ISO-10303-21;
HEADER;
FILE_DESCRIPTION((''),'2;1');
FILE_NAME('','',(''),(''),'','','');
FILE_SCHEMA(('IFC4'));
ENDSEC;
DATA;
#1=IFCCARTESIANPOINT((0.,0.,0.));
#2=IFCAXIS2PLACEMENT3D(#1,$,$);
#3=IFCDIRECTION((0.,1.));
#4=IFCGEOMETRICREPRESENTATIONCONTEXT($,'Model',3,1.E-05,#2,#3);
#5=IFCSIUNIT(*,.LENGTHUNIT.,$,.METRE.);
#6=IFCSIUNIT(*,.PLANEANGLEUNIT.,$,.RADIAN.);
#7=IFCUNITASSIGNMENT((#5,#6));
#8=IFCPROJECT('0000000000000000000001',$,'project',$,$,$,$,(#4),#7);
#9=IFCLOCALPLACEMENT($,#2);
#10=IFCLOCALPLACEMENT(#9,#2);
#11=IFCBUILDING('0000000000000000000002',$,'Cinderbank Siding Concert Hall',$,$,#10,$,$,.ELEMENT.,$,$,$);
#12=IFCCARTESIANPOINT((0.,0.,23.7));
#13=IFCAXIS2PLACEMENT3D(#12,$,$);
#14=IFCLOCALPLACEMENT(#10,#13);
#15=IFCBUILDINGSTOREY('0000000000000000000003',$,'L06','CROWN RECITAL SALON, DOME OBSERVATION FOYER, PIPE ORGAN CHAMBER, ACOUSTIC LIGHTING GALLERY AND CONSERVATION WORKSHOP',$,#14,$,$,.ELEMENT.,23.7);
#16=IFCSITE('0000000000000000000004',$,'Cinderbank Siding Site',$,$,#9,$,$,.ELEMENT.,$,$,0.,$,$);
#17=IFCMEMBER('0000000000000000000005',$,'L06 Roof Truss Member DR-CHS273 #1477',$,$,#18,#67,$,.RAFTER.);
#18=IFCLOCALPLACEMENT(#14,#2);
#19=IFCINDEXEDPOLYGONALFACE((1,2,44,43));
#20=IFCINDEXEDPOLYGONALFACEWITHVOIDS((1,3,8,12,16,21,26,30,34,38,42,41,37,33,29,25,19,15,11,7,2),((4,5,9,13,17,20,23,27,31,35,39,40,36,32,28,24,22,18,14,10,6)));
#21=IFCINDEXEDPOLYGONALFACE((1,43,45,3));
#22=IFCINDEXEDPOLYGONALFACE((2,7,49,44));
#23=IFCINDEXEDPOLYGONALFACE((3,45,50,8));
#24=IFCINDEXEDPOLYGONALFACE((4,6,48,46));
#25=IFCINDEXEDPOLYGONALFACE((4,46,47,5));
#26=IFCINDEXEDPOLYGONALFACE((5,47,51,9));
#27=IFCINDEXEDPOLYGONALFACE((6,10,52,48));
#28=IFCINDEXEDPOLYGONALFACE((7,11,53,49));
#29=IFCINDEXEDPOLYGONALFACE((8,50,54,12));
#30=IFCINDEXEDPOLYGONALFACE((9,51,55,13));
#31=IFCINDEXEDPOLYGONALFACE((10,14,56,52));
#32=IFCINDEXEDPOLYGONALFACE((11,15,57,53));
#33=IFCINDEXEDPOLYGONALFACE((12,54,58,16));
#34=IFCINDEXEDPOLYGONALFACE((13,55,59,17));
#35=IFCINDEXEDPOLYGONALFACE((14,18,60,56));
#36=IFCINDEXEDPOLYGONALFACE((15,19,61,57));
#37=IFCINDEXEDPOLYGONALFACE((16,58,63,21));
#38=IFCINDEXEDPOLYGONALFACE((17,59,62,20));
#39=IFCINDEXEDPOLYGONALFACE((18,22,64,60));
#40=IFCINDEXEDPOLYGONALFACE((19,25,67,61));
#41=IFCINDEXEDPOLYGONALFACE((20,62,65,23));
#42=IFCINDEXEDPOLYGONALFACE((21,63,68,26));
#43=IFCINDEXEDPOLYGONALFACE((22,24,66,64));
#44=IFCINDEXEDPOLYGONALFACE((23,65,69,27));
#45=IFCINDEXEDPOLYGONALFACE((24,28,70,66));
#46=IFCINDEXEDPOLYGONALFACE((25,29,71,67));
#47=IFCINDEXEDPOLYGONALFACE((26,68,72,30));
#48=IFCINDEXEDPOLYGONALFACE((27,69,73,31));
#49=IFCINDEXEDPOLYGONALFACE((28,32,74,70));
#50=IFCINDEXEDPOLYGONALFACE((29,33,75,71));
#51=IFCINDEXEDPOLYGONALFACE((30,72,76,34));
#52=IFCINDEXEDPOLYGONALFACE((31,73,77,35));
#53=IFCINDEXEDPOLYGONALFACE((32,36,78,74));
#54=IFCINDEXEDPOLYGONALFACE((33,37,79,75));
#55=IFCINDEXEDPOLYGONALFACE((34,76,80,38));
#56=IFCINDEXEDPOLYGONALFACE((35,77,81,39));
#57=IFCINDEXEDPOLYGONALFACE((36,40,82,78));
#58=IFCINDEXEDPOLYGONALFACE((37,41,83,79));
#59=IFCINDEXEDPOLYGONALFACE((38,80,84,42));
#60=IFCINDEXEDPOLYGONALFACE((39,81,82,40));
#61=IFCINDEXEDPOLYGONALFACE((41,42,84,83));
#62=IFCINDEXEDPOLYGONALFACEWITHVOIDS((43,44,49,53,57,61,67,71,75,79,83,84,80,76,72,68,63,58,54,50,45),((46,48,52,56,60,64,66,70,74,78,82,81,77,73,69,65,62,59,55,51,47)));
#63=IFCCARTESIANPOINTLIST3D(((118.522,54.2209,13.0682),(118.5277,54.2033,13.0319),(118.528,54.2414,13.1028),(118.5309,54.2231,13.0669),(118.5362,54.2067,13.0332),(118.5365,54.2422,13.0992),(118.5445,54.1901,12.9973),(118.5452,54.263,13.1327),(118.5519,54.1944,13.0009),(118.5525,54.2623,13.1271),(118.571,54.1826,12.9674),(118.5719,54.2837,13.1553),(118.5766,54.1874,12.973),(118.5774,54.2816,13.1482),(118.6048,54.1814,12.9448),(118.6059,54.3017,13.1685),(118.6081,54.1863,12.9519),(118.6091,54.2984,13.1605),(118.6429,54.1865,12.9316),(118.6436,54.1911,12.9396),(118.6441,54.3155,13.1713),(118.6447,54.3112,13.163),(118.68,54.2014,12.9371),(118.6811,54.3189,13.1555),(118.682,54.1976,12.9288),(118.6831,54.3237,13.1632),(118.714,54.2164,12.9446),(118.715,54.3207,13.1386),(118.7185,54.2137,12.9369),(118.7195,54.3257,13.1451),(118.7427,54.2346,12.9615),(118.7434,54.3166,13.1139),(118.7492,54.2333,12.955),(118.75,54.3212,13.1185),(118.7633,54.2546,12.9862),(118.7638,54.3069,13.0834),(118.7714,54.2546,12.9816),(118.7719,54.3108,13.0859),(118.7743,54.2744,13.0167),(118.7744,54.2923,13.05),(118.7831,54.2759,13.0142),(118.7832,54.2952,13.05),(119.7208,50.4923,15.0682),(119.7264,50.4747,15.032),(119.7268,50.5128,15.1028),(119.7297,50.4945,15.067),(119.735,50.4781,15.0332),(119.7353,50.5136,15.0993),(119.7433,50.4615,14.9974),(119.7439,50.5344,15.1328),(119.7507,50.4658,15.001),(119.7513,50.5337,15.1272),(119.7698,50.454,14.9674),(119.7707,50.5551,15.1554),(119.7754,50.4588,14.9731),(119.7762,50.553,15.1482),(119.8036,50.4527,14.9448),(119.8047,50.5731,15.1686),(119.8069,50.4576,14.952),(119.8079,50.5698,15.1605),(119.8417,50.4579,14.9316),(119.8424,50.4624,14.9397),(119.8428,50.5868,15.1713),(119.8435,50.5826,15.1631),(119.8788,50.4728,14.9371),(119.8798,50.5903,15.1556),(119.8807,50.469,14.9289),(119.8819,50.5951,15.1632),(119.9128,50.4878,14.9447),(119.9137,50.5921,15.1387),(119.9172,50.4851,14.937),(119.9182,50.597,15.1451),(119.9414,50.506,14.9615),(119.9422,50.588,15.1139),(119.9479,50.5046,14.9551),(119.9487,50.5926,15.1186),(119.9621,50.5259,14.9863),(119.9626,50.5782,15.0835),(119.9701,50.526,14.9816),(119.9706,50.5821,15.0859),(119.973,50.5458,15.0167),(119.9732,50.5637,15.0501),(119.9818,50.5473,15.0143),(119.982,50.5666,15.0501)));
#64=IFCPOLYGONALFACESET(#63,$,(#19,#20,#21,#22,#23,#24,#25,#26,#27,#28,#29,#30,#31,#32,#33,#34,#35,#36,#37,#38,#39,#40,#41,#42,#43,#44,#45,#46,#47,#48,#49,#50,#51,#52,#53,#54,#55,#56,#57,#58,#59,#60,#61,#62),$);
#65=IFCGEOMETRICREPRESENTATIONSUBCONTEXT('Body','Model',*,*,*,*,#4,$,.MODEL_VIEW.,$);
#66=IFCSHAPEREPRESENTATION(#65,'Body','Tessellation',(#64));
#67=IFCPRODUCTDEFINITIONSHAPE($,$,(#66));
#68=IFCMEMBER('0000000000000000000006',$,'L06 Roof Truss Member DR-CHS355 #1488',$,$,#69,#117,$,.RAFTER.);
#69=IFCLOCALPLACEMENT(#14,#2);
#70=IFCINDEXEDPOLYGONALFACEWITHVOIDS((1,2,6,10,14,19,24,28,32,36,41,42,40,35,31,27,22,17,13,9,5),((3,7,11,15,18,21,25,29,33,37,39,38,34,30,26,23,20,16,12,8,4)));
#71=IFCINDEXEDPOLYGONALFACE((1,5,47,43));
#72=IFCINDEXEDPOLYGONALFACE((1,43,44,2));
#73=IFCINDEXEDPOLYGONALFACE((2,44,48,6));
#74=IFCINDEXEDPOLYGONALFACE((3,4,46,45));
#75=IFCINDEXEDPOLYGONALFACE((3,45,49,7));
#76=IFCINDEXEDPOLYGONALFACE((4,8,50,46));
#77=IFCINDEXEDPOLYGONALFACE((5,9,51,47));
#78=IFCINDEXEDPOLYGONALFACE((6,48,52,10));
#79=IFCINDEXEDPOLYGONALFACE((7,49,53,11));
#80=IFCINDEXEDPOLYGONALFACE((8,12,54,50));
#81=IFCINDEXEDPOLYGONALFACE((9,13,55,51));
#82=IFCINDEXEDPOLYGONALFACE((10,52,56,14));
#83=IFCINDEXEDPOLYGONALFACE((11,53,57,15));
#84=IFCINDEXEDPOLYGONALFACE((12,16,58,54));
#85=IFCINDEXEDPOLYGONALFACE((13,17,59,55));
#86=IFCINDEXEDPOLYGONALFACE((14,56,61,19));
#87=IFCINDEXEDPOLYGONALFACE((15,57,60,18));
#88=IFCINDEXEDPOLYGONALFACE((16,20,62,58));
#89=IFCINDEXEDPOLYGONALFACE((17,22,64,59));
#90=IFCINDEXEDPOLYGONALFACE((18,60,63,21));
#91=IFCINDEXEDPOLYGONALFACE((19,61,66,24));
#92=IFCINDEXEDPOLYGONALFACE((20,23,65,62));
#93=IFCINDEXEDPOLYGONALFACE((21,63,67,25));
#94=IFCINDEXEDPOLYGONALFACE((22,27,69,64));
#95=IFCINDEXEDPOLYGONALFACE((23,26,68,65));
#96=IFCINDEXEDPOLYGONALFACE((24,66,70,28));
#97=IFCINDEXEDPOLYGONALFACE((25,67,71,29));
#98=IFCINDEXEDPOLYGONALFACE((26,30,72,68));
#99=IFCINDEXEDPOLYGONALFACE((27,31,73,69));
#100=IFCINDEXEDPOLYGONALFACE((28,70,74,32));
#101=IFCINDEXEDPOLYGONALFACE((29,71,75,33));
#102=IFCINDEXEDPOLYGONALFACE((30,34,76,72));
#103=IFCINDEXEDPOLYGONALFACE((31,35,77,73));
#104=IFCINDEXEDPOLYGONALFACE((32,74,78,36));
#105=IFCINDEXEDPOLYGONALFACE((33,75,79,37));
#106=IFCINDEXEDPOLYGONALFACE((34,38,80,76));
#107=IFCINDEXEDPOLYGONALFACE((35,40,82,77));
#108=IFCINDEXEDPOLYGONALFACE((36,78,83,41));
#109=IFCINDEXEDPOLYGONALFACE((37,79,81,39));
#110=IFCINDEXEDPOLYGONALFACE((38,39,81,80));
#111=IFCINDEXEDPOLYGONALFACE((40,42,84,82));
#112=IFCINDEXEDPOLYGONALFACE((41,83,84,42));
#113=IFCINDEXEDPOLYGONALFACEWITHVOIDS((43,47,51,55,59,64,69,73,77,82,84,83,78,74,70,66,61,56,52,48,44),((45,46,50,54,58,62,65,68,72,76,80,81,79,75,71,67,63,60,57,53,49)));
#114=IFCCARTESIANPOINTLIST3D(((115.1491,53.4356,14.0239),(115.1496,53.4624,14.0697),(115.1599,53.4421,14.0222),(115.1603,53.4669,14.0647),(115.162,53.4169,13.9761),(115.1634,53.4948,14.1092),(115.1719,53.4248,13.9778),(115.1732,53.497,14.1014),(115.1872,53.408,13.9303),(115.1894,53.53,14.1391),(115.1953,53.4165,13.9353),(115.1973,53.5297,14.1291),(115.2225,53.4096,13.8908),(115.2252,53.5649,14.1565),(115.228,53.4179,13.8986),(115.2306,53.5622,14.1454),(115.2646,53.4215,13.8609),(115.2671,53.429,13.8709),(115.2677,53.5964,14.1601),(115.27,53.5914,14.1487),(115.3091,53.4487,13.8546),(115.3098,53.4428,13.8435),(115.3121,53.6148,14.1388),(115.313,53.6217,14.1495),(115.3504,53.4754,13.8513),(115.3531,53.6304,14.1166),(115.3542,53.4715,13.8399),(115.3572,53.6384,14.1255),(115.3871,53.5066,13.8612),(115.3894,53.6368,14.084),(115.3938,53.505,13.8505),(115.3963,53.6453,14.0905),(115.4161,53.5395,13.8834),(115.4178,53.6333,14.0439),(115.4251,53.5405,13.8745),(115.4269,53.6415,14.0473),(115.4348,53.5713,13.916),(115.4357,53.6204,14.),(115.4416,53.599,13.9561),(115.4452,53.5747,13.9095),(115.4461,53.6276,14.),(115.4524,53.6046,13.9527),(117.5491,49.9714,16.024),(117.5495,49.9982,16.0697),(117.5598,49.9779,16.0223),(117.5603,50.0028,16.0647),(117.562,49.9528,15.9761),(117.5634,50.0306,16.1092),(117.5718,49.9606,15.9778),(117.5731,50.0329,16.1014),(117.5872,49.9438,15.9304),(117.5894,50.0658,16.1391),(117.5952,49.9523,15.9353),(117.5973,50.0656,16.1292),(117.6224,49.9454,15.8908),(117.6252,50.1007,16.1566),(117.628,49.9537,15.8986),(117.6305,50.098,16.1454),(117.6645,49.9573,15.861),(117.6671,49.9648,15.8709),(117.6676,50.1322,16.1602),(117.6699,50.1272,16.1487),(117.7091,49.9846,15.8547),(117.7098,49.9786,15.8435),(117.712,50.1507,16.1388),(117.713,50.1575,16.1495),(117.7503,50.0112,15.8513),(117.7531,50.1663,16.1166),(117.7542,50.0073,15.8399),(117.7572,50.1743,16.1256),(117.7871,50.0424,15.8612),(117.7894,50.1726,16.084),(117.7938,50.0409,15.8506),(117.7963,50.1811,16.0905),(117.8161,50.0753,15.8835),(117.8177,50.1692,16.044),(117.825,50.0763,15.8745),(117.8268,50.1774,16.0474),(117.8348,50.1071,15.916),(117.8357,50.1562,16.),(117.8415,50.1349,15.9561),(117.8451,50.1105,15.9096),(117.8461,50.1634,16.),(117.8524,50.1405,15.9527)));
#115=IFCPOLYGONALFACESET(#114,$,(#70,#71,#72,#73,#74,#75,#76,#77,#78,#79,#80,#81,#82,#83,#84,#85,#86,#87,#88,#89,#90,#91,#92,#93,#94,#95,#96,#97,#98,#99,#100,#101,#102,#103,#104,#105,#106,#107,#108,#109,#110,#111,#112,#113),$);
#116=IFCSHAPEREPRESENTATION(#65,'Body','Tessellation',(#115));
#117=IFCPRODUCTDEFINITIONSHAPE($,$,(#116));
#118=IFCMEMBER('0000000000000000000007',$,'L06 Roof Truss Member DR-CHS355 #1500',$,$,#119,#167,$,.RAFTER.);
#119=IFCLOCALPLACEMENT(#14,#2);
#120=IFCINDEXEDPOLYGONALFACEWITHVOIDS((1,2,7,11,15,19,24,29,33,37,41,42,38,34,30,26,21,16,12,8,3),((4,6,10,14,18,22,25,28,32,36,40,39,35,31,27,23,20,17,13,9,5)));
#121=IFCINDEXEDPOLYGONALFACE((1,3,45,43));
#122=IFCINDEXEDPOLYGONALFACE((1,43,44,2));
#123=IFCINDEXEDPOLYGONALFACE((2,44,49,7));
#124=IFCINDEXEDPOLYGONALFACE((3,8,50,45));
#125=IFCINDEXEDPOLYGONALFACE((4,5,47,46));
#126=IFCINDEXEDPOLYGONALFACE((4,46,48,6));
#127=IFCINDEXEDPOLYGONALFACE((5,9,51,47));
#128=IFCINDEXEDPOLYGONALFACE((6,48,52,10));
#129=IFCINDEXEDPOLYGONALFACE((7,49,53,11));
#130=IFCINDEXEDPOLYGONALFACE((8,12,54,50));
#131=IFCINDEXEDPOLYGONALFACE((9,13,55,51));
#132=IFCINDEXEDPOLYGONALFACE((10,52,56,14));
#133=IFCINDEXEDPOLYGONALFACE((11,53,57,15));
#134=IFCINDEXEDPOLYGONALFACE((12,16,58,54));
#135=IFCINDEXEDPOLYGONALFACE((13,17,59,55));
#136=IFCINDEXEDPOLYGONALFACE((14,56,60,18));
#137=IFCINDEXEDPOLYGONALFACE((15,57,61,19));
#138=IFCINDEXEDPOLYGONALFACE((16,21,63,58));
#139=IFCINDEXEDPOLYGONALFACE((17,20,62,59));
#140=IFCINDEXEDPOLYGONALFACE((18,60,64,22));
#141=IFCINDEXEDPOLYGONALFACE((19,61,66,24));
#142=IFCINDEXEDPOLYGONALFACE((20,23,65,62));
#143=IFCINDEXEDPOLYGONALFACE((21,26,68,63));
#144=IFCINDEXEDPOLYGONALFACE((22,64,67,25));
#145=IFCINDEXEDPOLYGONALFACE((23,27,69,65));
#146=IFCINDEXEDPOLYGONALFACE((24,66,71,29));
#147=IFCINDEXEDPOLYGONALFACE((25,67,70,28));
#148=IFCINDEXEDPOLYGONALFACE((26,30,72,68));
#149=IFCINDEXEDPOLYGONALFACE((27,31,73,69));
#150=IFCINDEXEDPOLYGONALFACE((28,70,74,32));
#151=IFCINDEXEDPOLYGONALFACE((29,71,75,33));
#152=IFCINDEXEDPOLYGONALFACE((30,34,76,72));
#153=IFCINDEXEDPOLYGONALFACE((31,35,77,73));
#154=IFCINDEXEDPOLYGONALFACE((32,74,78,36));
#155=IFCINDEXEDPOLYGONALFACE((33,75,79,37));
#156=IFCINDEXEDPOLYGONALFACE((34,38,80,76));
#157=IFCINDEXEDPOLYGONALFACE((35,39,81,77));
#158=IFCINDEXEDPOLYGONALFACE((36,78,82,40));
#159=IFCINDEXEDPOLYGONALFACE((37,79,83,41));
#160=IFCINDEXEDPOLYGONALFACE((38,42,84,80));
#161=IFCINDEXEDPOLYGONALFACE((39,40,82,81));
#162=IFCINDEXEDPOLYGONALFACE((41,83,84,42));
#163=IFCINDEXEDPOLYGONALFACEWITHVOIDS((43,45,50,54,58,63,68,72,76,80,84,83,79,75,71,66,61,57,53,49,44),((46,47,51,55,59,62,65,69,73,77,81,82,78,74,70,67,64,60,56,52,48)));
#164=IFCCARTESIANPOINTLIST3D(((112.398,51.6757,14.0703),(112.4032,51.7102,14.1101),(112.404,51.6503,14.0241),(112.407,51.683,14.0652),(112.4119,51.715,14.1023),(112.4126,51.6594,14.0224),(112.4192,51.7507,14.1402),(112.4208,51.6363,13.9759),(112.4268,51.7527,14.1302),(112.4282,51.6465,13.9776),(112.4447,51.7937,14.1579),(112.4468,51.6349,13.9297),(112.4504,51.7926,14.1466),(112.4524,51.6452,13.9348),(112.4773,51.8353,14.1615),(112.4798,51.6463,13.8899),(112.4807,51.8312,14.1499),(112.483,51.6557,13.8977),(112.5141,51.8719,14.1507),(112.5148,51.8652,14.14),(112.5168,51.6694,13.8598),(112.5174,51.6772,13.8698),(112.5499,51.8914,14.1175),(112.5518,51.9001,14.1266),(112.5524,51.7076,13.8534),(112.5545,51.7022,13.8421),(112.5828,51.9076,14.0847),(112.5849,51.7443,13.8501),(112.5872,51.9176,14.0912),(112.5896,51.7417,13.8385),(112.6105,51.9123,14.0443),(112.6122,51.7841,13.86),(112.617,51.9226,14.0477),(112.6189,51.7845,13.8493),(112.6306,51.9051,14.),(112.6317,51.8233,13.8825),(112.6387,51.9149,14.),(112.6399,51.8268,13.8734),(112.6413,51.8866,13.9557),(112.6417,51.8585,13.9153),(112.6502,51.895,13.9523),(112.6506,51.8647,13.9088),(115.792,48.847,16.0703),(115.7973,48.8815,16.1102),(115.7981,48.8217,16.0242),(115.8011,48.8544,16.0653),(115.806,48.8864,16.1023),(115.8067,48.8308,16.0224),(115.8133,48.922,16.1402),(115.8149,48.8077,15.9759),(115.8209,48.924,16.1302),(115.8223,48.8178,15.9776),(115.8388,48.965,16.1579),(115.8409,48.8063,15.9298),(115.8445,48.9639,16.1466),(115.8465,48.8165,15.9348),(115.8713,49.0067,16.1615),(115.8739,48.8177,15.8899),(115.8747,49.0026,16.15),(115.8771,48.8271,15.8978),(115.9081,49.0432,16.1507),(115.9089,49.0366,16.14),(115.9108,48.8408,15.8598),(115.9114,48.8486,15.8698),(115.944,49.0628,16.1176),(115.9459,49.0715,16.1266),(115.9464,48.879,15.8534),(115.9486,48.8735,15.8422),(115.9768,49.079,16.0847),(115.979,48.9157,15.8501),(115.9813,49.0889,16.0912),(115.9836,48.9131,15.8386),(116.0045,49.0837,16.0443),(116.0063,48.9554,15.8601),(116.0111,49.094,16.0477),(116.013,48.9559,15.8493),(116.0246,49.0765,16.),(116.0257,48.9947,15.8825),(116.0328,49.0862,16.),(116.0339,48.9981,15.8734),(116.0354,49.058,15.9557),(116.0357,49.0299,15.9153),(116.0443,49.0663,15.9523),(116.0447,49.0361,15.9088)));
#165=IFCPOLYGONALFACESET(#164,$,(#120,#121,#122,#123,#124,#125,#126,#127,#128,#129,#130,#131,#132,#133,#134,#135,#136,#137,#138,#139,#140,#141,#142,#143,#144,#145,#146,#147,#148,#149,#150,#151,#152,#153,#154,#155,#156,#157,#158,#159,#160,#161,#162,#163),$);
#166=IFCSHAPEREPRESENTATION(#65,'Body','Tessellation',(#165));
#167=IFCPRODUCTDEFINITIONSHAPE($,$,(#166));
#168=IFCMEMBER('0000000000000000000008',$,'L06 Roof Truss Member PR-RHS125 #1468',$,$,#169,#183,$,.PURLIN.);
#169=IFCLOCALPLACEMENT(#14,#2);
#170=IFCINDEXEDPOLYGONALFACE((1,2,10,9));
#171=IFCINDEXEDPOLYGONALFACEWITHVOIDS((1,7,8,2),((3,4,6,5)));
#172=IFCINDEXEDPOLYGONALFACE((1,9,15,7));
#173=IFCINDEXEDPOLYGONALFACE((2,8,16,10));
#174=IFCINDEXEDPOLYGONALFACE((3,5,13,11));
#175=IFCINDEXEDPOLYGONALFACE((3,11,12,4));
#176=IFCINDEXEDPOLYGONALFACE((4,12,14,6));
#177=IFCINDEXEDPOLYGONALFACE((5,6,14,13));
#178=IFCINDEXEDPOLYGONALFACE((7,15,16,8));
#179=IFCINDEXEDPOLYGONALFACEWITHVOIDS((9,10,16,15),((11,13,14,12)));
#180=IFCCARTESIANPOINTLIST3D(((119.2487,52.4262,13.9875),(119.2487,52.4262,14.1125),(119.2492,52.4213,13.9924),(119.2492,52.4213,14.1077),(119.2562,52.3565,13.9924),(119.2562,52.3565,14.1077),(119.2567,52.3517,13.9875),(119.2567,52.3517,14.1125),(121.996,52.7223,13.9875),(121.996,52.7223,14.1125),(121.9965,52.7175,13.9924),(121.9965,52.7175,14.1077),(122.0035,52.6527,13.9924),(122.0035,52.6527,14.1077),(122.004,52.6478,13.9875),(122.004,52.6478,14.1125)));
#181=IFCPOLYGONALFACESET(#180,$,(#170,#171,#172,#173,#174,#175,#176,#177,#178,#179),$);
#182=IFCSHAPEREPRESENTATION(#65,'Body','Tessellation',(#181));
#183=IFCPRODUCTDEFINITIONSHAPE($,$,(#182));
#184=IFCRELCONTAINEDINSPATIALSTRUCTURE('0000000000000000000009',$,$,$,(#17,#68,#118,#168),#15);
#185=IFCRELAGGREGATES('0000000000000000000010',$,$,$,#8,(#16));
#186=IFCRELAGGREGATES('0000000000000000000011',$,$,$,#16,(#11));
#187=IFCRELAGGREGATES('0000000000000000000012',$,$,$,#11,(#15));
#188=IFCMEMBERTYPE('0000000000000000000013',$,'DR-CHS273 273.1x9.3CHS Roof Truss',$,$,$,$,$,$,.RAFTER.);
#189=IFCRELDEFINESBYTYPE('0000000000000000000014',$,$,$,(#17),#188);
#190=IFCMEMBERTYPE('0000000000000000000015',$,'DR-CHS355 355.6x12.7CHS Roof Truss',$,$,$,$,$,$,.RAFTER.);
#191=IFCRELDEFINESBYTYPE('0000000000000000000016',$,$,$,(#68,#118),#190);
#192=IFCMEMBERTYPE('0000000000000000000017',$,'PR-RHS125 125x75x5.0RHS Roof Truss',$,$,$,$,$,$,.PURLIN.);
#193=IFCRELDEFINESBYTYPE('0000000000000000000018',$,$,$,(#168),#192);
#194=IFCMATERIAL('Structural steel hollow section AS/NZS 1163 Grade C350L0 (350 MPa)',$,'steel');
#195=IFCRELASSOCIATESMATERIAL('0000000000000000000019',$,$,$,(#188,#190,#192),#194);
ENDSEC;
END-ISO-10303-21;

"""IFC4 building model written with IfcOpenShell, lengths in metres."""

from ifc_helpers import new_model, si_unit, direction, frame, origin, origin_2d, place, context, subcontext, project, spatial, hollow_rectangle, hollow_circle, extrude, material, material_profile, profile_set, type_object, element, save


model = new_model("IFC4")

# Units and contexts
model_context = context("Model", 3, precision=1e-05, world=origin(), true_north=direction((0.0, 1.0)))
body_context = subcontext(model_context, "Body", "Model", "MODEL_VIEW")
ifc_project = project(units=[si_unit("LENGTHUNIT", "METRE"), si_unit("PLANEANGLEUNIT", "RADIAN")], contexts=[model_context])

# Site, building, storey
site_placement = place(None, origin())
site = spatial("IfcSite", under=ifc_project, at=site_placement, Name="Cinderbank Siding Site", CompositionType="ELEMENT", RefElevation=0.0)
building_placement = place(site_placement, origin())
building = spatial("IfcBuilding", under=site, at=building_placement, Name="Cinderbank Siding Concert Hall", CompositionType="ELEMENT")
storey_placement = place(building_placement, frame((0.0, 0.0, 23.7)))
storey = spatial("IfcBuildingStorey", under=building, at=storey_placement, Name="L06", Description="CROWN RECITAL SALON, DOME OBSERVATION FOYER, PIPE ORGAN CHAMBER, ACOUSTIC LIGHTING GALLERY AND CONSERVATION WORKSHOP", CompositionType="ELEMENT", Elevation=23.7)

# Members
ifc_material_1 = material(Name="Structural steel hollow section AS/NZS 1163 Grade C350L0 (350 MPa)", Category="steel")
ifc_material_profile_1 = material_profile(ifc_material_1, hollow_circle(Radius=0.1365, WallThickness=0.0093, at=origin_2d()), Name="273.1x9.3CHS", Category="LoadBearing")
ifc_profile_set_1 = profile_set([ifc_material_profile_1], Name="Structural steel hollow section AS/NZS 1163 Grade C350L0 (350 MPa)")
member_type_1 = type_object("IfcMemberType", Name="DR-CHS273 273.1x9.3CHS Roof Truss", PredefinedType="RAFTER", material=ifc_profile_set_1)
member_1_placement = place(storey_placement, frame((118.6533, 54.2534, 13.05), z_axis=(0.272588, -0.847855, 0.454795), x_axis=(0.952008, 0.306074, 0.0)))
element("IfcMember", 1, at=member_1_placement, inside=storey, type_object=member_type_1, Name="L06 Roof Truss Member DR-CHS273 #1477", PredefinedType="RAFTER", context=body_context, shape_type="SweptSolid", body=[
    extrude(hollow_circle(Radius=0.1365, WallThickness=0.0093, at=origin_2d()), origin(), (0.0, 0.0, 1.0), 4.3977),
])
ifc_material_profile_2 = material_profile(ifc_material_1, hollow_circle(Radius=0.1777, WallThickness=0.0127, at=origin_2d()), Name="355.6x12.7CHS", Category="LoadBearing")
ifc_profile_set_2 = profile_set([ifc_material_profile_2], Name="Structural steel hollow section AS/NZS 1163 Grade C350L0 (350 MPa)")
member_type_2 = type_object("IfcMemberType", Name="DR-CHS355 355.6x12.7CHS Roof Truss", PredefinedType="RAFTER", material=ifc_profile_set_2)
member_2_placement = place(storey_placement, frame((115.3, 53.5264, 14.0), z_axis=(0.51448, -0.74262, 0.42875), x_axis=(0.822007, 0.569478, 0.0)))
element("IfcMember", 2, at=member_2_placement, inside=storey, type_object=member_type_2, Name="L06 Roof Truss Member DR-CHS355 #1488", PredefinedType="RAFTER", context=body_context, shape_type="SweptSolid", body=[
    extrude(hollow_circle(Radius=0.1777, WallThickness=0.0127, at=origin_2d()), origin(), (0.0, 0.0, 1.0), 4.6648),
])
member_3_placement = place(storey_placement, frame((112.5249, 51.7783, 14.0), z_axis=(0.699831, -0.583243, 0.412388), x_axis=(0.640217, 0.768194, 0.0)))
element("IfcMember", 3, at=member_3_placement, inside=storey, type_object=member_type_2, Name="L06 Roof Truss Member DR-CHS355 #1500", PredefinedType="RAFTER", context=body_context, shape_type="SweptSolid", body=[
    extrude(hollow_circle(Radius=0.1777, WallThickness=0.0127, at=origin_2d()), origin(), (0.0, 0.0, 1.0), 4.8499),
])
ifc_material_profile_3 = material_profile(ifc_material_1, hollow_rectangle(XDim=0.075, YDim=0.125, WallThickness=0.0049, at=origin_2d()), Name="125x75x5.0RHS", Category="LoadBearing")
ifc_profile_set_3 = profile_set([ifc_material_profile_3], Name="Structural steel hollow section AS/NZS 1163 Grade C350L0 (350 MPa)")
member_type_3 = type_object("IfcMemberType", Name="PR-RHS125 125x75x5.0RHS Roof Truss", PredefinedType="PURLIN", material=ifc_profile_set_3)
member_4_placement = place(storey_placement, frame((122.0, 52.6851, 14.05), z_axis=(-0.99424, -0.107173, 0.0), x_axis=(0.107173, -0.99424, 0.0)))
element("IfcMember", 4, at=member_4_placement, inside=storey, type_object=member_type_3, Name="L06 Roof Truss Member PR-RHS125 #1468", PredefinedType="PURLIN", context=body_context, shape_type="SweptSolid", body=[
    extrude(hollow_rectangle(XDim=0.075, YDim=0.125, WallThickness=0.0049, at=origin_2d()), origin(), (0.0, 0.0, 1.0), 2.7632),
])

save(model, "model.ifc")
